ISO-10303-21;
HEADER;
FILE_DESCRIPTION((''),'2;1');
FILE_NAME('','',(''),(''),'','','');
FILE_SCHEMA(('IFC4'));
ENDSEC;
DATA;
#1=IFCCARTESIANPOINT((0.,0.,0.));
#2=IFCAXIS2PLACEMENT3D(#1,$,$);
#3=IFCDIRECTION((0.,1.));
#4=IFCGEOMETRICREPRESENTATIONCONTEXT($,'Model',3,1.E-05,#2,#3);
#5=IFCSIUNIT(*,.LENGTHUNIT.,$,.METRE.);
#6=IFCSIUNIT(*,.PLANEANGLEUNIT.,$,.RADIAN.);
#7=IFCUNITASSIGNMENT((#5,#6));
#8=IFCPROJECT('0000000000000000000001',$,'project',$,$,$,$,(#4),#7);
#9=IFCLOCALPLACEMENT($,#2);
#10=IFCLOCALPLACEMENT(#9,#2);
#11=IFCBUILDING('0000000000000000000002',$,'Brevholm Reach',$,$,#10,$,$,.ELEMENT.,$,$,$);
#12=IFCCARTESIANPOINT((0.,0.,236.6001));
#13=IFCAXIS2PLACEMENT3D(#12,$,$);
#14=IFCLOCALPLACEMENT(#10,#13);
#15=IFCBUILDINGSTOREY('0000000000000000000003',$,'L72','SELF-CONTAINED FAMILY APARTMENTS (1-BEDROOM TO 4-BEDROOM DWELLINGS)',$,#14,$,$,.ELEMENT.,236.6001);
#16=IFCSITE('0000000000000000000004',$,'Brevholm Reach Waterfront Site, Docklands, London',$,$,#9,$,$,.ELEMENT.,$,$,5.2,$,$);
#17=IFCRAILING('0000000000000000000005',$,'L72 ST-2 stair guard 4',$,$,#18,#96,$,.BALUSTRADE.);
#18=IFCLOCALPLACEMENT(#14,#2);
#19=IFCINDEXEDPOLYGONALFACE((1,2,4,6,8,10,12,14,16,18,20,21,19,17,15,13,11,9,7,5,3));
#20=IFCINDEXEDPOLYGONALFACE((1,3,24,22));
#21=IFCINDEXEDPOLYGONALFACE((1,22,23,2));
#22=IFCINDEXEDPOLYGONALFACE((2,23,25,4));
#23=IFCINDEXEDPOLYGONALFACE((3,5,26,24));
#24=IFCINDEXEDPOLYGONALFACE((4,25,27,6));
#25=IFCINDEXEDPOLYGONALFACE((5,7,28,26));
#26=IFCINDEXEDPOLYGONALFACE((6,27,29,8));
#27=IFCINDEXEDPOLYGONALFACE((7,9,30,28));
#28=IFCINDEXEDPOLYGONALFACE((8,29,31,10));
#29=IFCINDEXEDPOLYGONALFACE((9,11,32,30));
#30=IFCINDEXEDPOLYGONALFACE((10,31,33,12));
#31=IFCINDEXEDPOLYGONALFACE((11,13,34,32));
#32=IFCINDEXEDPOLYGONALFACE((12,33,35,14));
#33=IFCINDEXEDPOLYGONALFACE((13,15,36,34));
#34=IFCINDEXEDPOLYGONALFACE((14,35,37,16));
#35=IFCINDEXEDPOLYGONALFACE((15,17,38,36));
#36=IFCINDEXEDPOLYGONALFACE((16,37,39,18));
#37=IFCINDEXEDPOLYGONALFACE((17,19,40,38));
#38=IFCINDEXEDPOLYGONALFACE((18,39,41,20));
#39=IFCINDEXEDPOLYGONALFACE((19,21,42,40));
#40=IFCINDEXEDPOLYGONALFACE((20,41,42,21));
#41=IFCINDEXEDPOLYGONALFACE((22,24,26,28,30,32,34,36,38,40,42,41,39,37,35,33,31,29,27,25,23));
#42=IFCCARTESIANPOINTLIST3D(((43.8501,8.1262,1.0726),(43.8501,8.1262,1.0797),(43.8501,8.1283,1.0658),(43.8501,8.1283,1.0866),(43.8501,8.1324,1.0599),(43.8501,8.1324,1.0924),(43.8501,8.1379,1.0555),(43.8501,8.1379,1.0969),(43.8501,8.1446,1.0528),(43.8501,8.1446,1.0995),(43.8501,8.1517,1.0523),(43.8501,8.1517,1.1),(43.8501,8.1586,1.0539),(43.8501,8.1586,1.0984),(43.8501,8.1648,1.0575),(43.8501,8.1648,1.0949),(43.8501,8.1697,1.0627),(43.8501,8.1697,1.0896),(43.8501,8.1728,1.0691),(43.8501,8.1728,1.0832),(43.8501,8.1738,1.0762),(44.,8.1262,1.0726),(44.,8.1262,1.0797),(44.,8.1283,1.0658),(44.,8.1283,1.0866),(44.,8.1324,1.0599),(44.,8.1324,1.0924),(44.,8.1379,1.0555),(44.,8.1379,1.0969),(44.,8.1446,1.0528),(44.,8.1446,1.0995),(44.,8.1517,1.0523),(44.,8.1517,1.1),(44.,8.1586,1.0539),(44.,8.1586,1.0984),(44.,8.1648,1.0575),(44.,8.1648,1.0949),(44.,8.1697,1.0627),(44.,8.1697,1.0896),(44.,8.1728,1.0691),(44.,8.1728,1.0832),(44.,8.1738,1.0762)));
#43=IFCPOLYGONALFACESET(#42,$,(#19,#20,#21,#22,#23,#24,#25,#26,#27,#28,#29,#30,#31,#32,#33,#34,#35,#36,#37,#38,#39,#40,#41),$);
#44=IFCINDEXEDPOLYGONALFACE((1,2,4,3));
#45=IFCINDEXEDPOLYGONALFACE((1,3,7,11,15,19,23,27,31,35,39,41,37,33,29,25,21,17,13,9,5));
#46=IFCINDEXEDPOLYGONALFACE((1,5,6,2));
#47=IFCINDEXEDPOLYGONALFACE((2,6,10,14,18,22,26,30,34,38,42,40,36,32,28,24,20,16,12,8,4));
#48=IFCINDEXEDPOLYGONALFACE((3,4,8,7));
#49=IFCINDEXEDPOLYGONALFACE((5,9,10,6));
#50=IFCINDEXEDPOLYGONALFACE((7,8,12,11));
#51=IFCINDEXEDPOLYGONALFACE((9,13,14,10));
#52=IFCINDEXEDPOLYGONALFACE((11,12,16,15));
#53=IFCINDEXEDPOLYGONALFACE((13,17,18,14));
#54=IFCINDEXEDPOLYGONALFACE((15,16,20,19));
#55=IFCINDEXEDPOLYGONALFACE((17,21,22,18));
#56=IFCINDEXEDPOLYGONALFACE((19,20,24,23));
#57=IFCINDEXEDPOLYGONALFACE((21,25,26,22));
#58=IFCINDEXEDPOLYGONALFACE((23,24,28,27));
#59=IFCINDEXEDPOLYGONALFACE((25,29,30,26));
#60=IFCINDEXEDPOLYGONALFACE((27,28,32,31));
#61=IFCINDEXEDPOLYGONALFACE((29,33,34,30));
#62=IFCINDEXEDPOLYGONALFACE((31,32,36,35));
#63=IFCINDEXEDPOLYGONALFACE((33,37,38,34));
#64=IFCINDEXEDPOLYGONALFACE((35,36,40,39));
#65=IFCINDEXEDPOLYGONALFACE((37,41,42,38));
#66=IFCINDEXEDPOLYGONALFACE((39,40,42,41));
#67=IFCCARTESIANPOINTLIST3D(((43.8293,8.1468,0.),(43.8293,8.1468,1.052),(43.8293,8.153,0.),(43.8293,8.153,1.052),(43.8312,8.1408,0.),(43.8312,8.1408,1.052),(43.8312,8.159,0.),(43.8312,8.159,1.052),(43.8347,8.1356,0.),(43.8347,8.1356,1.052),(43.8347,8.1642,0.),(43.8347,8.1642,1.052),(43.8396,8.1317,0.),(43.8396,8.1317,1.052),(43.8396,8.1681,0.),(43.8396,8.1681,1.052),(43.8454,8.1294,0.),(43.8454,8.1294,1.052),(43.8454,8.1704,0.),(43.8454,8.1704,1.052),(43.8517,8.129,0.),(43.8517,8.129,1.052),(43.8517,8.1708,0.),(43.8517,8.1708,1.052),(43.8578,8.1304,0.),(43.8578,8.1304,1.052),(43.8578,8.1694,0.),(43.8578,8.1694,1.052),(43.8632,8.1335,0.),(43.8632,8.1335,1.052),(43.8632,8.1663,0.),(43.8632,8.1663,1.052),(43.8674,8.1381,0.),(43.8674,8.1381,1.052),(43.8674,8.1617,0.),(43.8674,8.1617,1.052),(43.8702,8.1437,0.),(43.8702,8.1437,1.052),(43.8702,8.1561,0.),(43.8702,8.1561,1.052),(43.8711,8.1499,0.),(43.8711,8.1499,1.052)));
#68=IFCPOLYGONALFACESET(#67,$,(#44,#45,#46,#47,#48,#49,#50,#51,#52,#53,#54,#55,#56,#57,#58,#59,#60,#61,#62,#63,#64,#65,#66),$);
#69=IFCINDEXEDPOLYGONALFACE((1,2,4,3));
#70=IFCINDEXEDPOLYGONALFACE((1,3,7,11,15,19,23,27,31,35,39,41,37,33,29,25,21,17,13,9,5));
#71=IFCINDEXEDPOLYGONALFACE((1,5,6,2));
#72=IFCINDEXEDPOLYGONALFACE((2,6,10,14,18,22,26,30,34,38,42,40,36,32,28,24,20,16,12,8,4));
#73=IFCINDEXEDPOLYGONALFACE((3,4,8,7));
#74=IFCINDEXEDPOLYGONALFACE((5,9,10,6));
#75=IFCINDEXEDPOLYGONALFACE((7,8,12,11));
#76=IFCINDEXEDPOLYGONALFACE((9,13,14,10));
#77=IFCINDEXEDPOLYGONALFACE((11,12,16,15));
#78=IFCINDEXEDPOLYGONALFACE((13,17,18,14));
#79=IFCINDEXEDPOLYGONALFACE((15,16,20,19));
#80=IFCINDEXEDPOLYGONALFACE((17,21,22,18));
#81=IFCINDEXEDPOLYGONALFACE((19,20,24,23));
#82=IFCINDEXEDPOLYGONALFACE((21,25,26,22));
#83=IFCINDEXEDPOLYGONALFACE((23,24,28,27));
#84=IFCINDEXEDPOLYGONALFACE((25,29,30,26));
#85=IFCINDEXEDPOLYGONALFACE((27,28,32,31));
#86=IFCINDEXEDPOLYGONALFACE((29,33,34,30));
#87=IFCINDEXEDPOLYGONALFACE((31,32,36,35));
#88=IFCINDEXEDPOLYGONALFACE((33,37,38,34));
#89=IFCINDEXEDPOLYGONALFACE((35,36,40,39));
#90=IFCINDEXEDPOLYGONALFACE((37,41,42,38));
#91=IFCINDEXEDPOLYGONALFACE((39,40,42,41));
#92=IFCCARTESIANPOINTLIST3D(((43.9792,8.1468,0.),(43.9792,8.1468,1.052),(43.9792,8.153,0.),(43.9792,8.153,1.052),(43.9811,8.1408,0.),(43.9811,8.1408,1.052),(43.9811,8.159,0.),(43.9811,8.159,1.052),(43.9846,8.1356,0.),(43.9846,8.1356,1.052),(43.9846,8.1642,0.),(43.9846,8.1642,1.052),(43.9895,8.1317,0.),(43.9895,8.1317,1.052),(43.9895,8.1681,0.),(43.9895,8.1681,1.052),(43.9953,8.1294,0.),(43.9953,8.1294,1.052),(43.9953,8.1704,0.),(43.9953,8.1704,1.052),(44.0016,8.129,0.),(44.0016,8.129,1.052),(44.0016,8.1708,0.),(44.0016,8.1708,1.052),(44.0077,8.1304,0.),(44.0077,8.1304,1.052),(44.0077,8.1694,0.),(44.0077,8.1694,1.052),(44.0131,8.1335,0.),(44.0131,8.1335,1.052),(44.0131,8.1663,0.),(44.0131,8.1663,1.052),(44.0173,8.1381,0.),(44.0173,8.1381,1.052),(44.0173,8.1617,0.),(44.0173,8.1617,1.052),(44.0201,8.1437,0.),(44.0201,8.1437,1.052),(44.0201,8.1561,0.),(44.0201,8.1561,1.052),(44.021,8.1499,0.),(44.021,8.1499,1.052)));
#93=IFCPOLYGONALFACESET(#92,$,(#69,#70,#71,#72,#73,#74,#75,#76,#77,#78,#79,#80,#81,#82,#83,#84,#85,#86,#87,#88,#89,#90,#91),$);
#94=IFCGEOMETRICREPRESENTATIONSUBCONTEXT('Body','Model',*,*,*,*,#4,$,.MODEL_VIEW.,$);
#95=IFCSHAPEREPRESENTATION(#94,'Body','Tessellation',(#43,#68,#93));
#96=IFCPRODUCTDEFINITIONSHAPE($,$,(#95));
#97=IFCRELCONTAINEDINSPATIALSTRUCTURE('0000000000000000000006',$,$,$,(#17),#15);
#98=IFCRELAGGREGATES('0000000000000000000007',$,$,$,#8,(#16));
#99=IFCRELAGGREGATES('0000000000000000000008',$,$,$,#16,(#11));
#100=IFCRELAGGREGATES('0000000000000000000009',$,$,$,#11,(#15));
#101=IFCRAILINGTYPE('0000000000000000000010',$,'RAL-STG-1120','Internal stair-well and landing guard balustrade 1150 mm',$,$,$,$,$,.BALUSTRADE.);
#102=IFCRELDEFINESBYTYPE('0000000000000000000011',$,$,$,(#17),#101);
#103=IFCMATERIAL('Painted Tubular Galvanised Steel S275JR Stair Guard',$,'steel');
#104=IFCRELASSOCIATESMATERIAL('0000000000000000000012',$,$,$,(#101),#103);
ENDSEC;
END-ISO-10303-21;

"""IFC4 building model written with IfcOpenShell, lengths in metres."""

from ifc_helpers import new_model, si_unit, direction, frame, origin, origin_2d, place, context, subcontext, project, spatial, circle, extrude, material, type_object, element, save


model = new_model("IFC4")

# Units and contexts
model_context = context("Model", 3, precision=1e-05, world=origin(), true_north=direction((0.0, 1.0)))
body_context = subcontext(model_context, "Body", "Model", "MODEL_VIEW")
ifc_project = project(units=[si_unit("LENGTHUNIT", "METRE"), si_unit("PLANEANGLEUNIT", "RADIAN")], contexts=[model_context])

# Site, building, storey
site_placement = place(None, origin())
site = spatial("IfcSite", under=ifc_project, at=site_placement, Name="Brevholm Reach Waterfront Site, Docklands, London", CompositionType="ELEMENT", RefElevation=5.2)
building_placement = place(site_placement, origin())
building = spatial("IfcBuilding", under=site, at=building_placement, Name="Brevholm Reach", CompositionType="ELEMENT")
storey_placement = place(building_placement, frame((0.0, 0.0, 236.6001)))
storey = spatial("IfcBuildingStorey", under=building, at=storey_placement, Name="L72", Description="SELF-CONTAINED FAMILY APARTMENTS (1-BEDROOM TO 4-BEDROOM DWELLINGS)", CompositionType="ELEMENT", Elevation=236.6001)

# Railing
ifc_material_1 = material(Name="Painted Tubular Galvanised Steel S275JR Stair Guard", Category="steel")
railing_type_1 = type_object("IfcRailingType", Name="RAL-STG-1120", Description="Internal stair-well and landing guard balustrade 1150 mm", PredefinedType="BALUSTRADE", material=ifc_material_1)
railing_1_placement = place(storey_placement, frame((43.8501, 8.1499, 0.0)))
element("IfcRailing", 1, at=railing_1_placement, inside=storey, type_object=railing_type_1, Name="L72 ST-2 stair guard 4", PredefinedType="BALUSTRADE", context=body_context, shape_type="SweptSolid", body=[
    extrude(circle(Radius=0.0239, at=origin_2d()), frame((0.0, 0.0, 1.0762), z_axis=(1.0, 0.0, 0.0), x_axis=(0.0, 1.0, 0.0)), (0.0, 0.0, 1.0), 0.1499),
    extrude(circle(Radius=0.021, at=origin_2d()), origin(), (0.0, 0.0, 1.0), 1.052),
    extrude(circle(Radius=0.021, at=origin_2d()), frame((0.1499, 0.0, 0.0)), (0.0, 0.0, 1.0), 1.052),
])

save(model, "model.ifc")
